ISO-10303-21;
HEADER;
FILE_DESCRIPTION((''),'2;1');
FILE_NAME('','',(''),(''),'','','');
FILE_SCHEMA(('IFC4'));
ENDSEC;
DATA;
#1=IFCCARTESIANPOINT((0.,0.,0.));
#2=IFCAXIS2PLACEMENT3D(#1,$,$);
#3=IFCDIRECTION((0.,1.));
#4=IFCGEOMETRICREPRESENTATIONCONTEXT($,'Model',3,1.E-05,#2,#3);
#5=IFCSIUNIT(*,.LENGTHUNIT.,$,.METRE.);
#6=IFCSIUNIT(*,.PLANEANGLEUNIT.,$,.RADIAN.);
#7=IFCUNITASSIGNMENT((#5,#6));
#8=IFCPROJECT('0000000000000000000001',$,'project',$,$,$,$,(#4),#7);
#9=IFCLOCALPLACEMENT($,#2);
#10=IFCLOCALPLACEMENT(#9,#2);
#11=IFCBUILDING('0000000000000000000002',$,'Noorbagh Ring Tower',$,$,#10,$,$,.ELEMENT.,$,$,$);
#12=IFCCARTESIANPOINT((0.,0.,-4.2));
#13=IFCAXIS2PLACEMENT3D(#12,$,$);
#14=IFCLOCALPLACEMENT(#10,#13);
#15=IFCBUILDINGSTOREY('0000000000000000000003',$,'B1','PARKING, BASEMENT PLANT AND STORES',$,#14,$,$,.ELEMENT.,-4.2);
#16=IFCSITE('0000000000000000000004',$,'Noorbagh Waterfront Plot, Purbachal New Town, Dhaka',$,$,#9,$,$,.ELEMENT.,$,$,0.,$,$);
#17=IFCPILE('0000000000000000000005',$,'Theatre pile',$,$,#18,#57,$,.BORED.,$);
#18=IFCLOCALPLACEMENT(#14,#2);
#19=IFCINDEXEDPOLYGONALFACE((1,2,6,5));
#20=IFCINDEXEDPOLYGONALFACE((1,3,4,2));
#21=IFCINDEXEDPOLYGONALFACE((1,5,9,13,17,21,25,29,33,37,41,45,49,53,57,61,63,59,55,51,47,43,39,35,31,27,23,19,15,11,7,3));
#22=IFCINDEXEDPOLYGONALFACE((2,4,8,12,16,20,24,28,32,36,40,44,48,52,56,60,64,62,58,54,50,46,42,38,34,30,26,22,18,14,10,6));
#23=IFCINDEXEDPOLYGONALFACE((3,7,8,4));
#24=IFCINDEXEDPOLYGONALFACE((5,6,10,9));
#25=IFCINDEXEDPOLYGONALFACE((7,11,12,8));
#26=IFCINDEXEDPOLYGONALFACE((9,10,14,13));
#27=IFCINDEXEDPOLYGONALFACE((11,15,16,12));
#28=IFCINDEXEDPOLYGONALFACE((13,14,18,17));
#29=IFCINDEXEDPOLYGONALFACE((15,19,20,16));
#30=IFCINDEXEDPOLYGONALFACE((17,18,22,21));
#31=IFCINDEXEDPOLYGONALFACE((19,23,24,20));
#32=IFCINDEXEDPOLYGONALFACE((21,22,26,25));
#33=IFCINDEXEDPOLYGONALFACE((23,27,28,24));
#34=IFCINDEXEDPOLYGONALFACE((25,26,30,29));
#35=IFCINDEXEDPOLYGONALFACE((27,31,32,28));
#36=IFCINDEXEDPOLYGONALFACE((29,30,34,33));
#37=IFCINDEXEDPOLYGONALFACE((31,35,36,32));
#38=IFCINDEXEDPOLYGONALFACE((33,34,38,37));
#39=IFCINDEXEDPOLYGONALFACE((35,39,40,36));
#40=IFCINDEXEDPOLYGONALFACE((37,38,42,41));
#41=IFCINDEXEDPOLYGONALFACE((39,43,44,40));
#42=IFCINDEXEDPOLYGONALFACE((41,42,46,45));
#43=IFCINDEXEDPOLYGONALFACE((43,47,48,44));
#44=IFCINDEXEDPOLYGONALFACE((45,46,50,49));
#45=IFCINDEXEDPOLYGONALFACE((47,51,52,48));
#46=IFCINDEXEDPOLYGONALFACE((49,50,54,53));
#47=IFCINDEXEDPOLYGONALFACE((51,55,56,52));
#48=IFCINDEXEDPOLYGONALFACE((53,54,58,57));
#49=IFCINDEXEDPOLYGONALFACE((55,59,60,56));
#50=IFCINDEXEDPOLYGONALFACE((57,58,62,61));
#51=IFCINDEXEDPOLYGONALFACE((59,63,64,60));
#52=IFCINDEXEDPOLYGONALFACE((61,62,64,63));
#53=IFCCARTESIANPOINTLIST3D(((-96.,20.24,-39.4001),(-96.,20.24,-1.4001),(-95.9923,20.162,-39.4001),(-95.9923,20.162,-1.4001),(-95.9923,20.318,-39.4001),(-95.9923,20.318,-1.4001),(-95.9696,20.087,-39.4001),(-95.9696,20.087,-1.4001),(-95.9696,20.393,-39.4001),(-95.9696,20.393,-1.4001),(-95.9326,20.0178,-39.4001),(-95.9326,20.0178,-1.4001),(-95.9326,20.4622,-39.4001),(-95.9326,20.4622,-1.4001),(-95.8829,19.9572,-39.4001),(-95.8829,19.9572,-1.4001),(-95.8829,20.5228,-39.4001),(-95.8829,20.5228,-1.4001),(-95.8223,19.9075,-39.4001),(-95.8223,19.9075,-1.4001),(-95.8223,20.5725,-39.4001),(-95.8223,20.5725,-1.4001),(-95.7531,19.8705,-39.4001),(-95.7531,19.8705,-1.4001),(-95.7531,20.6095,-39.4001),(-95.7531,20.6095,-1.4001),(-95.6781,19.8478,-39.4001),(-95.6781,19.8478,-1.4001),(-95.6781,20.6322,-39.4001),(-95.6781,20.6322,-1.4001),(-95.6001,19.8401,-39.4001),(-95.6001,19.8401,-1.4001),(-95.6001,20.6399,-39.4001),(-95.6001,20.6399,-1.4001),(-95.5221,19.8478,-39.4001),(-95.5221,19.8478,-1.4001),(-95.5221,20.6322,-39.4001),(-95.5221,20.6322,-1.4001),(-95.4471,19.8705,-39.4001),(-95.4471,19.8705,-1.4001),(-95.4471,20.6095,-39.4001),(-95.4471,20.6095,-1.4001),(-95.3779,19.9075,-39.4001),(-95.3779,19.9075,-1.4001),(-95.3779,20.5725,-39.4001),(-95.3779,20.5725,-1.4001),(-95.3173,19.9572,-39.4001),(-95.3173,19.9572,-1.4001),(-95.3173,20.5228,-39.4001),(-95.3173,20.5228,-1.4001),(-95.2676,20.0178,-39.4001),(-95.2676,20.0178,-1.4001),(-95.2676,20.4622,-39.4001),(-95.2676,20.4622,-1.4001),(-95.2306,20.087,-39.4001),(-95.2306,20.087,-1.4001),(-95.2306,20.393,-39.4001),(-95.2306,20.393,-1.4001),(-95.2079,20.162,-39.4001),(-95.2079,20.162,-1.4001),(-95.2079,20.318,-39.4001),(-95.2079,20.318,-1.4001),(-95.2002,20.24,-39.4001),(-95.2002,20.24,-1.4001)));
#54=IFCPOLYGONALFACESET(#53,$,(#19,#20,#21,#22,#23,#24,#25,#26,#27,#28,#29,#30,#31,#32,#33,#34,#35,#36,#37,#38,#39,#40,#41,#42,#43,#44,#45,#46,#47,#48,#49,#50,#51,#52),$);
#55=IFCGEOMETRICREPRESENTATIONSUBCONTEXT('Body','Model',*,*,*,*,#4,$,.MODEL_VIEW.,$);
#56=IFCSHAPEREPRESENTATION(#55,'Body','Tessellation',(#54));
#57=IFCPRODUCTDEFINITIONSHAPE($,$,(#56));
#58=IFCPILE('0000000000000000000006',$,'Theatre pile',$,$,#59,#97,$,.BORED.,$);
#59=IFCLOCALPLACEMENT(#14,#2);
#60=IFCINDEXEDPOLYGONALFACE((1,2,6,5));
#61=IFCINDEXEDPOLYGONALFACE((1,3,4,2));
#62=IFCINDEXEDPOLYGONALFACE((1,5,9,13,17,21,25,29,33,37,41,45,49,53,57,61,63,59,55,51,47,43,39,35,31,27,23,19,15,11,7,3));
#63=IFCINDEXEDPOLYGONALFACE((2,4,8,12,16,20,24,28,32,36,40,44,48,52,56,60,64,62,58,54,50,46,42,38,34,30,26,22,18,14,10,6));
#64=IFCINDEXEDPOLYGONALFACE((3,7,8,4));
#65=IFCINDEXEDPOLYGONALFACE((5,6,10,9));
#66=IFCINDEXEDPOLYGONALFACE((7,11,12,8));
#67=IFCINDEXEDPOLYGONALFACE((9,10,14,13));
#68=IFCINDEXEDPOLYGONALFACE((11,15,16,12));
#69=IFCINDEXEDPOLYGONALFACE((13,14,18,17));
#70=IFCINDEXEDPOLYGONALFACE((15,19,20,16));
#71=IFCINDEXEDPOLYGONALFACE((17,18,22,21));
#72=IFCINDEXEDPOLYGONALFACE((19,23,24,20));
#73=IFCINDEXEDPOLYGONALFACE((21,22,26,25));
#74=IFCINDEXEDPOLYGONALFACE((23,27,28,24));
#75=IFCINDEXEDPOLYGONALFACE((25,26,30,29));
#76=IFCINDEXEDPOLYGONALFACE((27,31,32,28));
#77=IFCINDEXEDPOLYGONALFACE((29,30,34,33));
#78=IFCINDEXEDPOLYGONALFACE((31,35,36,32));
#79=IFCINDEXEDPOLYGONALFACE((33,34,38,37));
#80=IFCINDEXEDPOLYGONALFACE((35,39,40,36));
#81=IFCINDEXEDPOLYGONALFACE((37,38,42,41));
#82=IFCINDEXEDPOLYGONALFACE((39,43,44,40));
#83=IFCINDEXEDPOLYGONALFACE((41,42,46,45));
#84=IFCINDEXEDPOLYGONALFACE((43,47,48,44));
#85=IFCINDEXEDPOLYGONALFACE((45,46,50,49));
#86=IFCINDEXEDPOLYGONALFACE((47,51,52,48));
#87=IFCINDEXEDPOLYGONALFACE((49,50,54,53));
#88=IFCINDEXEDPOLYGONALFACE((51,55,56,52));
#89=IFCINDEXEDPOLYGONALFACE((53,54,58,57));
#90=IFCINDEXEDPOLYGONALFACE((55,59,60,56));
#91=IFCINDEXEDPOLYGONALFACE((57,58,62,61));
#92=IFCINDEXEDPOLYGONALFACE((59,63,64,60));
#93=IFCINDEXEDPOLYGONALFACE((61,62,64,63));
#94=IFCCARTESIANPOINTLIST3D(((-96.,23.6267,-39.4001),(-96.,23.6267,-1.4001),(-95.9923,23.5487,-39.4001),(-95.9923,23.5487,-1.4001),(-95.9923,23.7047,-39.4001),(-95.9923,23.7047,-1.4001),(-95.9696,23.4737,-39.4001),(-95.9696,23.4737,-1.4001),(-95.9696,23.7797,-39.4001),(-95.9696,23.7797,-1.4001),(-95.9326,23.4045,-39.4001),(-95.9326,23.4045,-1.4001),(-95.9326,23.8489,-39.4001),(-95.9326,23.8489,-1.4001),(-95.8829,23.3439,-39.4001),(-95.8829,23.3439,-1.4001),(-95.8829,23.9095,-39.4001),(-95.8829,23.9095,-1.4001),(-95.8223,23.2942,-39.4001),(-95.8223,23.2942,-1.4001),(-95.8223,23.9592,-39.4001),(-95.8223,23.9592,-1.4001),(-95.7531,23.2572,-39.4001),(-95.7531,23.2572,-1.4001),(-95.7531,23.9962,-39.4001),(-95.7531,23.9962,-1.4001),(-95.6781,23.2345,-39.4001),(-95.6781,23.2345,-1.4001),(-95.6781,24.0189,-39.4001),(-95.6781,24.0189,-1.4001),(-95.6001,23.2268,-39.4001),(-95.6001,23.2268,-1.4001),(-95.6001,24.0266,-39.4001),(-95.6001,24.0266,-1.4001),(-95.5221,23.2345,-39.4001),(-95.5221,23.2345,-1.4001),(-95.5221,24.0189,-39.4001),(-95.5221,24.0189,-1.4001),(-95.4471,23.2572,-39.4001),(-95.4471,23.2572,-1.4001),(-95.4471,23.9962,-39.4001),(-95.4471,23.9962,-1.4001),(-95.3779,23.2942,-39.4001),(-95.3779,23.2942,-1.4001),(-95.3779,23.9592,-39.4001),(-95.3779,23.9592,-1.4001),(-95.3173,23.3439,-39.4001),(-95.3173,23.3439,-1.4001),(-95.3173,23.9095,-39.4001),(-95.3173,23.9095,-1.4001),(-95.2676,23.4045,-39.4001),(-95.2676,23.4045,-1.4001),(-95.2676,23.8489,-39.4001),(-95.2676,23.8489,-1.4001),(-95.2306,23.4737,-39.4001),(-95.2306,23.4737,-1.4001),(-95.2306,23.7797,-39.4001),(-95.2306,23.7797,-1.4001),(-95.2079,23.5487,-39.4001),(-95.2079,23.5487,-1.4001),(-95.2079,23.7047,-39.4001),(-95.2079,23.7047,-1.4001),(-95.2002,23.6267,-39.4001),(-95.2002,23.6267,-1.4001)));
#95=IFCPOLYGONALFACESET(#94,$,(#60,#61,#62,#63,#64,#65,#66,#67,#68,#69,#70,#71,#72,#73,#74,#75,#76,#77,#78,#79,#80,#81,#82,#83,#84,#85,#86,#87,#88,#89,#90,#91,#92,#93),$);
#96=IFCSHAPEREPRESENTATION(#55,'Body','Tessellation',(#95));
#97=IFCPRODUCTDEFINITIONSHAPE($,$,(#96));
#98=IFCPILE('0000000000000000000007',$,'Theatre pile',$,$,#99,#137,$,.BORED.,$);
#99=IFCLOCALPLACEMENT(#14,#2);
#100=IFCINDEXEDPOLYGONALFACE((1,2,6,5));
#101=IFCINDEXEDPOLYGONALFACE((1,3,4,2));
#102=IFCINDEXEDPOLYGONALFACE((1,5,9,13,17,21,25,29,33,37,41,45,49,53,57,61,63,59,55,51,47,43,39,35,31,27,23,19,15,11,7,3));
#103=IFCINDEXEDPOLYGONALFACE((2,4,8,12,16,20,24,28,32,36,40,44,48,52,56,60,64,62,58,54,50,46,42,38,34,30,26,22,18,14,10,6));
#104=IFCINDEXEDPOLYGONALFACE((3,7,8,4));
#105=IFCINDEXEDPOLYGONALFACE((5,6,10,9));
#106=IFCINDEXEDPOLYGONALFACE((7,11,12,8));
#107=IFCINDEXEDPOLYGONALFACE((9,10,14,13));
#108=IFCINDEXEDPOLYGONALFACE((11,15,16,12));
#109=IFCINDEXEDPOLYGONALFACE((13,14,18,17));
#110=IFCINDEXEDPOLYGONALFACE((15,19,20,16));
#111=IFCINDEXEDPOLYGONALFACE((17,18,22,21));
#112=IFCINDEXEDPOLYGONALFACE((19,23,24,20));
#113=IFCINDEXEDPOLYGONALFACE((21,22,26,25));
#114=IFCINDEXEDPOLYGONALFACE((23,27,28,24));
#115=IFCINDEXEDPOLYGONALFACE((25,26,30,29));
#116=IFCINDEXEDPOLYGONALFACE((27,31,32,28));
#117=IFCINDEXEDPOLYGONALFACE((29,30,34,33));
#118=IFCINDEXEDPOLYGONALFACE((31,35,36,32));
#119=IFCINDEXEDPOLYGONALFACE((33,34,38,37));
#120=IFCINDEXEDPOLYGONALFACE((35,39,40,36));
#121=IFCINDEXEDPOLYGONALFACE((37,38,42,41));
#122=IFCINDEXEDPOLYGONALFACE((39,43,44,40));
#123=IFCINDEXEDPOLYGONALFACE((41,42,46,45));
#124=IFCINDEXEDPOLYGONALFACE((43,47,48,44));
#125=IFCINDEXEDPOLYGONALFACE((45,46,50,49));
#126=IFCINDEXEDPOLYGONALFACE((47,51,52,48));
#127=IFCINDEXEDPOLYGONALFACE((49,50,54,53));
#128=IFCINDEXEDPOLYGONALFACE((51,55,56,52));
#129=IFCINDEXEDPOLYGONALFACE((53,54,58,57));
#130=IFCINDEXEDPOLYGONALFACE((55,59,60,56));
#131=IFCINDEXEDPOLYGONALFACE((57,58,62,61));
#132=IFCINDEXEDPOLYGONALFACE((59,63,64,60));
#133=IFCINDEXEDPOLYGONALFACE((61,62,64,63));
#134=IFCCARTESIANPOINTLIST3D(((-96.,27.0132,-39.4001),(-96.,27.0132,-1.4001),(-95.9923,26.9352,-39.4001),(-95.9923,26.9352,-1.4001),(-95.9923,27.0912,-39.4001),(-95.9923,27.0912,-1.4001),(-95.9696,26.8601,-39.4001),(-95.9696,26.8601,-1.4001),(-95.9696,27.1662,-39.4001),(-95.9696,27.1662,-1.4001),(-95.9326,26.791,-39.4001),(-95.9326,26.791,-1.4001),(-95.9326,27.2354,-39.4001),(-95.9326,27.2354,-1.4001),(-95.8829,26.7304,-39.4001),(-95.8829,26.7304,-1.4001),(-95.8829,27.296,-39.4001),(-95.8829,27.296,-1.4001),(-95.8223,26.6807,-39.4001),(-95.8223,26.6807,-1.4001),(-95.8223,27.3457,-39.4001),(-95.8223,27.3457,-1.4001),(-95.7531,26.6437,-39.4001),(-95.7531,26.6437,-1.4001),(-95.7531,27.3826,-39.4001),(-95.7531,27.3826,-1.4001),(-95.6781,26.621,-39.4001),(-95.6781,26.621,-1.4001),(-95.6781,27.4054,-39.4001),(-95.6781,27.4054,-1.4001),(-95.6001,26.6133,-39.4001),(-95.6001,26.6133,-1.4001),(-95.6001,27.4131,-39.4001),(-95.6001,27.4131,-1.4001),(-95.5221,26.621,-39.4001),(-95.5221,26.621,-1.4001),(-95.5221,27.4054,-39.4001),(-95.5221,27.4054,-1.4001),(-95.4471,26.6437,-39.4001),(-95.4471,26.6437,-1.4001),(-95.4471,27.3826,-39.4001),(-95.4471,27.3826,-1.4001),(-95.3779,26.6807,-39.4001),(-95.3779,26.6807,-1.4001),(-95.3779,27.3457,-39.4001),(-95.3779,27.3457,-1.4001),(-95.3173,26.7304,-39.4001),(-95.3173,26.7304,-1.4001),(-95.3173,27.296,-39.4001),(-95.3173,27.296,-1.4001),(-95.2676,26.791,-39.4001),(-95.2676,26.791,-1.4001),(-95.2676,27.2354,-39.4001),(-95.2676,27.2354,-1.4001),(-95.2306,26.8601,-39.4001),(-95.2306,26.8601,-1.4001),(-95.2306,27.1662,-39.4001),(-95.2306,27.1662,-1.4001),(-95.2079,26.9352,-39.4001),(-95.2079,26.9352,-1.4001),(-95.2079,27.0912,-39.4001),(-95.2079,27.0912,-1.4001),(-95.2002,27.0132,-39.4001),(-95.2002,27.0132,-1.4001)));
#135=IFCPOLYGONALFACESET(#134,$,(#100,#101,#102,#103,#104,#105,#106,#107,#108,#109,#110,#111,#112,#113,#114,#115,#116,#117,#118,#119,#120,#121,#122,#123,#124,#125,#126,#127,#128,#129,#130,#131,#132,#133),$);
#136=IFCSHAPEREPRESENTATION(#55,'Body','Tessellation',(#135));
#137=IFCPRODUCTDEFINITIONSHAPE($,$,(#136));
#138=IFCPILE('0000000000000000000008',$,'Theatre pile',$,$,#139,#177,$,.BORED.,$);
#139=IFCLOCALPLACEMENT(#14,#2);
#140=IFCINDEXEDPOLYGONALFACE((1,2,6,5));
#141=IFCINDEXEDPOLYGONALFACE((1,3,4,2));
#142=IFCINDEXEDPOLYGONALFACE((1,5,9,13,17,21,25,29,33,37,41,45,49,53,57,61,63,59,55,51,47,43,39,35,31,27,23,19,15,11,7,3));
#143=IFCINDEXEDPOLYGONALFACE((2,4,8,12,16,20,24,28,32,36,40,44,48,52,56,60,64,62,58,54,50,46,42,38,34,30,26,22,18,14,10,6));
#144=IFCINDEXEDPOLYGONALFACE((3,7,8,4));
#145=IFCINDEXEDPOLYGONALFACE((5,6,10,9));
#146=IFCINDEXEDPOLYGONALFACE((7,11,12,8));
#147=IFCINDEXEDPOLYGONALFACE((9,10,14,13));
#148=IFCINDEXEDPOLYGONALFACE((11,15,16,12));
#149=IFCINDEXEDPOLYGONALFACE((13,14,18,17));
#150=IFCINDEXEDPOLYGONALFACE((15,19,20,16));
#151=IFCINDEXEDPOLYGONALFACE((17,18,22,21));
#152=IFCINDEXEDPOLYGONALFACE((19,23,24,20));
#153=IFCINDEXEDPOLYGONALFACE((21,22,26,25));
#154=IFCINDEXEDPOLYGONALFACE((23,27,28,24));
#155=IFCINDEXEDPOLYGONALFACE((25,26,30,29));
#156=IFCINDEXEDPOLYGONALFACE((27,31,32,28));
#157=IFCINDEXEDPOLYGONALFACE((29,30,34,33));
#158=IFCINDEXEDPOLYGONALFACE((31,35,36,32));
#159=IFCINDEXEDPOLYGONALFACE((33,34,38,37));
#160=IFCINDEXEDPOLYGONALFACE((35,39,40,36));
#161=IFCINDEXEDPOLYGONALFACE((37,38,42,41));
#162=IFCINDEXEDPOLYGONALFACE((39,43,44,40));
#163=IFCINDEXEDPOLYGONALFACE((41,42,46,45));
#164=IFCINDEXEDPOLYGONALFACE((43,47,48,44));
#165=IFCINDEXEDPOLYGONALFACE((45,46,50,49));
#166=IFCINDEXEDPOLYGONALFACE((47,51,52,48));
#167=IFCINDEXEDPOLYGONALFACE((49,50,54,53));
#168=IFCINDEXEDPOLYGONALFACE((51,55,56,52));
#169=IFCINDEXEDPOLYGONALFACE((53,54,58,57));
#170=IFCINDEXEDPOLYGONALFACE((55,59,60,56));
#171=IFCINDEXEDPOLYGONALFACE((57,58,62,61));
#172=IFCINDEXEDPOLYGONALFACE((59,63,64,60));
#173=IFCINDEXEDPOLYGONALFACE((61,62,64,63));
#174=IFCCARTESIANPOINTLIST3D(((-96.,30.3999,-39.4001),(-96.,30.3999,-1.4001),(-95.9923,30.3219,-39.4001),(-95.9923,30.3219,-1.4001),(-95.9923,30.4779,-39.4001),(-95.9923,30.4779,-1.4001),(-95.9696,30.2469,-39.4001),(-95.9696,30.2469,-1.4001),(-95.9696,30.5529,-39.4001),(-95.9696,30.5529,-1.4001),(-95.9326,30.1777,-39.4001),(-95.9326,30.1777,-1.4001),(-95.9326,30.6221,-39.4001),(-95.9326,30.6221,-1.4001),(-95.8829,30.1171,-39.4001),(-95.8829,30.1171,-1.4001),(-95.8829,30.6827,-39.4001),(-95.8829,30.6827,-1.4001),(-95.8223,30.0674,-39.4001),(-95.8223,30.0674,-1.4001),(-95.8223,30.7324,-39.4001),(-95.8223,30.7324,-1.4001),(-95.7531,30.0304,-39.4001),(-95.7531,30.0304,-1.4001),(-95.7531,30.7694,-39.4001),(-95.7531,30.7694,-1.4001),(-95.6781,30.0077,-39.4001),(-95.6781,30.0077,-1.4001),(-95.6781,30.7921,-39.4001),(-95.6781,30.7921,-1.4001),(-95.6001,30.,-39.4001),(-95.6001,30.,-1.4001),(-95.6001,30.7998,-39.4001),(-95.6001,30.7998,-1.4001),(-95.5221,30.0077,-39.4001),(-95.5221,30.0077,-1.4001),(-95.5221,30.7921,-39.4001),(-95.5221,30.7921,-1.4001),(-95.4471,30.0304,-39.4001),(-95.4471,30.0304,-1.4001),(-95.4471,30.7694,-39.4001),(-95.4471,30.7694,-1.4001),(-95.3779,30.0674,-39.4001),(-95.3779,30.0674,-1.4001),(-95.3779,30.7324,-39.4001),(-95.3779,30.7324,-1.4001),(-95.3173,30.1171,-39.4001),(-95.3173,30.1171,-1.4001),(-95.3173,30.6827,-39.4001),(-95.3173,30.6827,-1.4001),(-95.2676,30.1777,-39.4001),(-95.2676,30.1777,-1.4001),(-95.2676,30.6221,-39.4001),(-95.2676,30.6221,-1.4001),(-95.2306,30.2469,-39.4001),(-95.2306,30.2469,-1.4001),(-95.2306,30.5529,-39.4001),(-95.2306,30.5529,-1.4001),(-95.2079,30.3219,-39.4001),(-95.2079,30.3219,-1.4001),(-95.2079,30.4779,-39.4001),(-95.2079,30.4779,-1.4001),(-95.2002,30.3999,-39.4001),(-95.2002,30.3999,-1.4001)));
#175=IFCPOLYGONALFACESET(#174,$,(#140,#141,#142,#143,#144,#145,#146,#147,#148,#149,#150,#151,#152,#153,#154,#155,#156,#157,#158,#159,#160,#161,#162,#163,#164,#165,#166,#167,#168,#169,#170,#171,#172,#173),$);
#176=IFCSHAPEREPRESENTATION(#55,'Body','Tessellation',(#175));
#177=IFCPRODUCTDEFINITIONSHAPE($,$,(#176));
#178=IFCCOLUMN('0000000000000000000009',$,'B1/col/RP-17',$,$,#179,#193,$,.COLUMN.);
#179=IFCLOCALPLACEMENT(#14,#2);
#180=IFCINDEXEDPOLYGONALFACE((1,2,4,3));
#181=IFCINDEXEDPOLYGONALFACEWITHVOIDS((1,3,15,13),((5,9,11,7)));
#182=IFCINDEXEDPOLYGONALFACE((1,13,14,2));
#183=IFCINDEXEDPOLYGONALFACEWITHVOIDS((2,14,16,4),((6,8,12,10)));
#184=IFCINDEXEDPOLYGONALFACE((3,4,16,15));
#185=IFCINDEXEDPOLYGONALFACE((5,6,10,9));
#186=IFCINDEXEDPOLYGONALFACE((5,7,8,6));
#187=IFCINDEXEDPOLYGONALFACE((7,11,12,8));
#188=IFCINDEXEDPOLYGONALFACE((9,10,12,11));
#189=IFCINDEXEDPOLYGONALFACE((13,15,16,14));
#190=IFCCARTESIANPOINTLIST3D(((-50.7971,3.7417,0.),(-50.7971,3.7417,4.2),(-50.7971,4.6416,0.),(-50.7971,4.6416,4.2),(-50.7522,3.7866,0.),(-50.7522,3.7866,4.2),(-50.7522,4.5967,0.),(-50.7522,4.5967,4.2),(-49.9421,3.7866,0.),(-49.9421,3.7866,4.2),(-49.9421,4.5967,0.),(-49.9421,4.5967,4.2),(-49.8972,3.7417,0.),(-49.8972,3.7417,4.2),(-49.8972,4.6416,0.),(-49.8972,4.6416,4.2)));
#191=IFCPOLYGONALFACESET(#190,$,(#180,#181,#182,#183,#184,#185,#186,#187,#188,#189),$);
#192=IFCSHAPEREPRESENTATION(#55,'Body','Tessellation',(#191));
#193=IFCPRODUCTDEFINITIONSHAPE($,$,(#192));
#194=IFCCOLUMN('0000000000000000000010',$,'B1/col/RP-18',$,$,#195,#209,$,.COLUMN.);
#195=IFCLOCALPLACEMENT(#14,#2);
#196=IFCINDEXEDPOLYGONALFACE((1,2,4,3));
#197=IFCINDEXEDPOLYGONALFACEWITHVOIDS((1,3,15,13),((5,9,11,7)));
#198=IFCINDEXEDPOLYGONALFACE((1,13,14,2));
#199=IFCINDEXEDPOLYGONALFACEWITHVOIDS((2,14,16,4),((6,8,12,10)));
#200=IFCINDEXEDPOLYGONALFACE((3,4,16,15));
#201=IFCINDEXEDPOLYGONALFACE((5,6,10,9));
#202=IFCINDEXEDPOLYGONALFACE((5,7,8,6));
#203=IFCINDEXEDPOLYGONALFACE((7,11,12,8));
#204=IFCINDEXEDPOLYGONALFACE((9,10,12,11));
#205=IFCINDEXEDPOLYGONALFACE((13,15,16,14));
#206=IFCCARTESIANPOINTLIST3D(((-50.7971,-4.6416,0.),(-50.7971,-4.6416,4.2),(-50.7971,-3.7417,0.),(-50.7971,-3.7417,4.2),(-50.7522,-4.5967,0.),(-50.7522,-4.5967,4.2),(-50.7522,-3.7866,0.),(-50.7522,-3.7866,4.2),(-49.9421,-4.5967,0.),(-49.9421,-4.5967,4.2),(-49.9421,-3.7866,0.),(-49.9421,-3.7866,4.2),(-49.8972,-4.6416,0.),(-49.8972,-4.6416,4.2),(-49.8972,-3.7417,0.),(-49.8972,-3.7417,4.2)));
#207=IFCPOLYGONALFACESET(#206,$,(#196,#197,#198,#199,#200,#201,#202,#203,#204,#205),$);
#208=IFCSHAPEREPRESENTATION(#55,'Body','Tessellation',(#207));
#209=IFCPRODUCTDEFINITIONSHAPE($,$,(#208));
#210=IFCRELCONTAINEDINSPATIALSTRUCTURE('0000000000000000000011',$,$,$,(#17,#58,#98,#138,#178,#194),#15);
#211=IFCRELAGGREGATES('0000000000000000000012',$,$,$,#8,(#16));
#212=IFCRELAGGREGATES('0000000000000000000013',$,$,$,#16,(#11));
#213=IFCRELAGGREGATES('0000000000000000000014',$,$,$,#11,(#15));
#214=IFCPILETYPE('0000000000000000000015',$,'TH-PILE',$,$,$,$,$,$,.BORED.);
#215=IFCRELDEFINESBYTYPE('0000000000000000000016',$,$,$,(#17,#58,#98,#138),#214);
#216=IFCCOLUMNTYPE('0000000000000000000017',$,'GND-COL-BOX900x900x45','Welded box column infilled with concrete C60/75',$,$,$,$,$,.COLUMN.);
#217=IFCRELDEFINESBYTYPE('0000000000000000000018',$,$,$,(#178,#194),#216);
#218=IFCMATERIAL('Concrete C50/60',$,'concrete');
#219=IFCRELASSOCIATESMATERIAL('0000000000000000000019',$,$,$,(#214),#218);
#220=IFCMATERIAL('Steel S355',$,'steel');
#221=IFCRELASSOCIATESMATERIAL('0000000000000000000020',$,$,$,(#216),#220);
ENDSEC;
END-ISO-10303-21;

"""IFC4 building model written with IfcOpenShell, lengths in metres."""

from ifc_helpers import new_model, si_unit, direction, frame, origin, origin_2d, place, context, subcontext, project, spatial, hollow_rectangle, circle, extrude, material, material_profile, profile_set, type_object, element, save


model = new_model("IFC4")

# Units and contexts
model_context = context("Model", 3, precision=1e-05, world=origin(), true_north=direction((0.0, 1.0)))
body_context = subcontext(model_context, "Body", "Model", "MODEL_VIEW")
ifc_project = project(units=[si_unit("LENGTHUNIT", "METRE"), si_unit("PLANEANGLEUNIT", "RADIAN")], contexts=[model_context])

# Site, building, storey
site_placement = place(None, origin())
site = spatial("IfcSite", under=ifc_project, at=site_placement, Name="Noorbagh Waterfront Plot, Purbachal New Town, Dhaka", CompositionType="ELEMENT", RefElevation=0.0)
building_placement = place(site_placement, origin())
building = spatial("IfcBuilding", under=site, at=building_placement, Name="Noorbagh Ring Tower", CompositionType="ELEMENT")
storey_placement = place(building_placement, frame((0.0, 0.0, -4.2)))
storey = spatial("IfcBuildingStorey", under=building, at=storey_placement, Name="B1", Description="PARKING, BASEMENT PLANT AND STORES", CompositionType="ELEMENT", Elevation=-4.2)

# Piles
ifc_material_1 = material(Name="Concrete C50/60", Category="concrete")
ifc_material_profile_1 = material_profile(ifc_material_1, circle(Radius=0.3999, at=origin_2d()), Name="PILE800")
ifc_profile_set_1 = profile_set([ifc_material_profile_1], Name="Concrete C50/60")
pile_type = type_object("IfcPileType", Name="TH-PILE", PredefinedType="BORED", material=ifc_profile_set_1)
for number, where, z_axis, x_axis, name in (
    (1, (-95.6001, 20.24, -1.4001), (0.0, 0.0, -1.0), (1.0, 0.0, 0.0), "Theatre pile"),
    (2, (-95.6001, 23.6267, -1.4001), (0.0, 0.0, -1.0), (1.0, 0.0, 0.0), "Theatre pile"),
    (3, (-95.6001, 27.0132, -1.4001), (0.0, 0.0, -1.0), (1.0, 0.0, 0.0), "Theatre pile"),
    (4, (-95.6001, 30.3999, -1.4001), (0.0, 0.0, -1.0), (1.0, 0.0, 0.0), "Theatre pile"),
):
    element("IfcPile", number, at=place(storey_placement, frame(where, z_axis=z_axis, x_axis=x_axis)), inside=storey, type_object=pile_type, Name=name, PredefinedType="BORED", context=body_context, shape_type="SweptSolid", body=[
        extrude(circle(Radius=0.3999, at=origin_2d()), origin(), (0.0, 0.0, 1.0), 38.0),
    ])

# Columns
ifc_material_2 = material(Name="Steel S355", Category="steel")
ifc_material_profile_2 = material_profile(ifc_material_2, hollow_rectangle(XDim=0.8999, YDim=0.8999, WallThickness=0.0449, at=origin_2d()), Name="BOX900x900x45")
ifc_profile_set_2 = profile_set([ifc_material_profile_2], Name="Steel S355")
column_type = type_object("IfcColumnType", Name="GND-COL-BOX900x900x45", Description="Welded box column infilled with concrete C60/75", PredefinedType="COLUMN", material=ifc_profile_set_2)
for number, where, z_axis, x_axis, name in (
    (5, (-50.3472, 4.1917, 0.0), (0.0, 0.0, 1.0), (1.0, 0.0, 0.0), "B1/col/RP-17"),
    (6, (-50.3472, -4.1917, 0.0), (0.0, 0.0, 1.0), (1.0, 0.0, 0.0), "B1/col/RP-18"),
):
    element("IfcColumn", number, at=place(storey_placement, frame(where, z_axis=z_axis, x_axis=x_axis)), inside=storey, type_object=column_type, Name=name, PredefinedType="COLUMN", context=body_context, shape_type="SweptSolid", body=[
        extrude(hollow_rectangle(XDim=0.8999, YDim=0.8999, WallThickness=0.0449, at=origin_2d()), origin(), (0.0, 0.0, 1.0), 4.2),
    ])

save(model, "model.ifc")
